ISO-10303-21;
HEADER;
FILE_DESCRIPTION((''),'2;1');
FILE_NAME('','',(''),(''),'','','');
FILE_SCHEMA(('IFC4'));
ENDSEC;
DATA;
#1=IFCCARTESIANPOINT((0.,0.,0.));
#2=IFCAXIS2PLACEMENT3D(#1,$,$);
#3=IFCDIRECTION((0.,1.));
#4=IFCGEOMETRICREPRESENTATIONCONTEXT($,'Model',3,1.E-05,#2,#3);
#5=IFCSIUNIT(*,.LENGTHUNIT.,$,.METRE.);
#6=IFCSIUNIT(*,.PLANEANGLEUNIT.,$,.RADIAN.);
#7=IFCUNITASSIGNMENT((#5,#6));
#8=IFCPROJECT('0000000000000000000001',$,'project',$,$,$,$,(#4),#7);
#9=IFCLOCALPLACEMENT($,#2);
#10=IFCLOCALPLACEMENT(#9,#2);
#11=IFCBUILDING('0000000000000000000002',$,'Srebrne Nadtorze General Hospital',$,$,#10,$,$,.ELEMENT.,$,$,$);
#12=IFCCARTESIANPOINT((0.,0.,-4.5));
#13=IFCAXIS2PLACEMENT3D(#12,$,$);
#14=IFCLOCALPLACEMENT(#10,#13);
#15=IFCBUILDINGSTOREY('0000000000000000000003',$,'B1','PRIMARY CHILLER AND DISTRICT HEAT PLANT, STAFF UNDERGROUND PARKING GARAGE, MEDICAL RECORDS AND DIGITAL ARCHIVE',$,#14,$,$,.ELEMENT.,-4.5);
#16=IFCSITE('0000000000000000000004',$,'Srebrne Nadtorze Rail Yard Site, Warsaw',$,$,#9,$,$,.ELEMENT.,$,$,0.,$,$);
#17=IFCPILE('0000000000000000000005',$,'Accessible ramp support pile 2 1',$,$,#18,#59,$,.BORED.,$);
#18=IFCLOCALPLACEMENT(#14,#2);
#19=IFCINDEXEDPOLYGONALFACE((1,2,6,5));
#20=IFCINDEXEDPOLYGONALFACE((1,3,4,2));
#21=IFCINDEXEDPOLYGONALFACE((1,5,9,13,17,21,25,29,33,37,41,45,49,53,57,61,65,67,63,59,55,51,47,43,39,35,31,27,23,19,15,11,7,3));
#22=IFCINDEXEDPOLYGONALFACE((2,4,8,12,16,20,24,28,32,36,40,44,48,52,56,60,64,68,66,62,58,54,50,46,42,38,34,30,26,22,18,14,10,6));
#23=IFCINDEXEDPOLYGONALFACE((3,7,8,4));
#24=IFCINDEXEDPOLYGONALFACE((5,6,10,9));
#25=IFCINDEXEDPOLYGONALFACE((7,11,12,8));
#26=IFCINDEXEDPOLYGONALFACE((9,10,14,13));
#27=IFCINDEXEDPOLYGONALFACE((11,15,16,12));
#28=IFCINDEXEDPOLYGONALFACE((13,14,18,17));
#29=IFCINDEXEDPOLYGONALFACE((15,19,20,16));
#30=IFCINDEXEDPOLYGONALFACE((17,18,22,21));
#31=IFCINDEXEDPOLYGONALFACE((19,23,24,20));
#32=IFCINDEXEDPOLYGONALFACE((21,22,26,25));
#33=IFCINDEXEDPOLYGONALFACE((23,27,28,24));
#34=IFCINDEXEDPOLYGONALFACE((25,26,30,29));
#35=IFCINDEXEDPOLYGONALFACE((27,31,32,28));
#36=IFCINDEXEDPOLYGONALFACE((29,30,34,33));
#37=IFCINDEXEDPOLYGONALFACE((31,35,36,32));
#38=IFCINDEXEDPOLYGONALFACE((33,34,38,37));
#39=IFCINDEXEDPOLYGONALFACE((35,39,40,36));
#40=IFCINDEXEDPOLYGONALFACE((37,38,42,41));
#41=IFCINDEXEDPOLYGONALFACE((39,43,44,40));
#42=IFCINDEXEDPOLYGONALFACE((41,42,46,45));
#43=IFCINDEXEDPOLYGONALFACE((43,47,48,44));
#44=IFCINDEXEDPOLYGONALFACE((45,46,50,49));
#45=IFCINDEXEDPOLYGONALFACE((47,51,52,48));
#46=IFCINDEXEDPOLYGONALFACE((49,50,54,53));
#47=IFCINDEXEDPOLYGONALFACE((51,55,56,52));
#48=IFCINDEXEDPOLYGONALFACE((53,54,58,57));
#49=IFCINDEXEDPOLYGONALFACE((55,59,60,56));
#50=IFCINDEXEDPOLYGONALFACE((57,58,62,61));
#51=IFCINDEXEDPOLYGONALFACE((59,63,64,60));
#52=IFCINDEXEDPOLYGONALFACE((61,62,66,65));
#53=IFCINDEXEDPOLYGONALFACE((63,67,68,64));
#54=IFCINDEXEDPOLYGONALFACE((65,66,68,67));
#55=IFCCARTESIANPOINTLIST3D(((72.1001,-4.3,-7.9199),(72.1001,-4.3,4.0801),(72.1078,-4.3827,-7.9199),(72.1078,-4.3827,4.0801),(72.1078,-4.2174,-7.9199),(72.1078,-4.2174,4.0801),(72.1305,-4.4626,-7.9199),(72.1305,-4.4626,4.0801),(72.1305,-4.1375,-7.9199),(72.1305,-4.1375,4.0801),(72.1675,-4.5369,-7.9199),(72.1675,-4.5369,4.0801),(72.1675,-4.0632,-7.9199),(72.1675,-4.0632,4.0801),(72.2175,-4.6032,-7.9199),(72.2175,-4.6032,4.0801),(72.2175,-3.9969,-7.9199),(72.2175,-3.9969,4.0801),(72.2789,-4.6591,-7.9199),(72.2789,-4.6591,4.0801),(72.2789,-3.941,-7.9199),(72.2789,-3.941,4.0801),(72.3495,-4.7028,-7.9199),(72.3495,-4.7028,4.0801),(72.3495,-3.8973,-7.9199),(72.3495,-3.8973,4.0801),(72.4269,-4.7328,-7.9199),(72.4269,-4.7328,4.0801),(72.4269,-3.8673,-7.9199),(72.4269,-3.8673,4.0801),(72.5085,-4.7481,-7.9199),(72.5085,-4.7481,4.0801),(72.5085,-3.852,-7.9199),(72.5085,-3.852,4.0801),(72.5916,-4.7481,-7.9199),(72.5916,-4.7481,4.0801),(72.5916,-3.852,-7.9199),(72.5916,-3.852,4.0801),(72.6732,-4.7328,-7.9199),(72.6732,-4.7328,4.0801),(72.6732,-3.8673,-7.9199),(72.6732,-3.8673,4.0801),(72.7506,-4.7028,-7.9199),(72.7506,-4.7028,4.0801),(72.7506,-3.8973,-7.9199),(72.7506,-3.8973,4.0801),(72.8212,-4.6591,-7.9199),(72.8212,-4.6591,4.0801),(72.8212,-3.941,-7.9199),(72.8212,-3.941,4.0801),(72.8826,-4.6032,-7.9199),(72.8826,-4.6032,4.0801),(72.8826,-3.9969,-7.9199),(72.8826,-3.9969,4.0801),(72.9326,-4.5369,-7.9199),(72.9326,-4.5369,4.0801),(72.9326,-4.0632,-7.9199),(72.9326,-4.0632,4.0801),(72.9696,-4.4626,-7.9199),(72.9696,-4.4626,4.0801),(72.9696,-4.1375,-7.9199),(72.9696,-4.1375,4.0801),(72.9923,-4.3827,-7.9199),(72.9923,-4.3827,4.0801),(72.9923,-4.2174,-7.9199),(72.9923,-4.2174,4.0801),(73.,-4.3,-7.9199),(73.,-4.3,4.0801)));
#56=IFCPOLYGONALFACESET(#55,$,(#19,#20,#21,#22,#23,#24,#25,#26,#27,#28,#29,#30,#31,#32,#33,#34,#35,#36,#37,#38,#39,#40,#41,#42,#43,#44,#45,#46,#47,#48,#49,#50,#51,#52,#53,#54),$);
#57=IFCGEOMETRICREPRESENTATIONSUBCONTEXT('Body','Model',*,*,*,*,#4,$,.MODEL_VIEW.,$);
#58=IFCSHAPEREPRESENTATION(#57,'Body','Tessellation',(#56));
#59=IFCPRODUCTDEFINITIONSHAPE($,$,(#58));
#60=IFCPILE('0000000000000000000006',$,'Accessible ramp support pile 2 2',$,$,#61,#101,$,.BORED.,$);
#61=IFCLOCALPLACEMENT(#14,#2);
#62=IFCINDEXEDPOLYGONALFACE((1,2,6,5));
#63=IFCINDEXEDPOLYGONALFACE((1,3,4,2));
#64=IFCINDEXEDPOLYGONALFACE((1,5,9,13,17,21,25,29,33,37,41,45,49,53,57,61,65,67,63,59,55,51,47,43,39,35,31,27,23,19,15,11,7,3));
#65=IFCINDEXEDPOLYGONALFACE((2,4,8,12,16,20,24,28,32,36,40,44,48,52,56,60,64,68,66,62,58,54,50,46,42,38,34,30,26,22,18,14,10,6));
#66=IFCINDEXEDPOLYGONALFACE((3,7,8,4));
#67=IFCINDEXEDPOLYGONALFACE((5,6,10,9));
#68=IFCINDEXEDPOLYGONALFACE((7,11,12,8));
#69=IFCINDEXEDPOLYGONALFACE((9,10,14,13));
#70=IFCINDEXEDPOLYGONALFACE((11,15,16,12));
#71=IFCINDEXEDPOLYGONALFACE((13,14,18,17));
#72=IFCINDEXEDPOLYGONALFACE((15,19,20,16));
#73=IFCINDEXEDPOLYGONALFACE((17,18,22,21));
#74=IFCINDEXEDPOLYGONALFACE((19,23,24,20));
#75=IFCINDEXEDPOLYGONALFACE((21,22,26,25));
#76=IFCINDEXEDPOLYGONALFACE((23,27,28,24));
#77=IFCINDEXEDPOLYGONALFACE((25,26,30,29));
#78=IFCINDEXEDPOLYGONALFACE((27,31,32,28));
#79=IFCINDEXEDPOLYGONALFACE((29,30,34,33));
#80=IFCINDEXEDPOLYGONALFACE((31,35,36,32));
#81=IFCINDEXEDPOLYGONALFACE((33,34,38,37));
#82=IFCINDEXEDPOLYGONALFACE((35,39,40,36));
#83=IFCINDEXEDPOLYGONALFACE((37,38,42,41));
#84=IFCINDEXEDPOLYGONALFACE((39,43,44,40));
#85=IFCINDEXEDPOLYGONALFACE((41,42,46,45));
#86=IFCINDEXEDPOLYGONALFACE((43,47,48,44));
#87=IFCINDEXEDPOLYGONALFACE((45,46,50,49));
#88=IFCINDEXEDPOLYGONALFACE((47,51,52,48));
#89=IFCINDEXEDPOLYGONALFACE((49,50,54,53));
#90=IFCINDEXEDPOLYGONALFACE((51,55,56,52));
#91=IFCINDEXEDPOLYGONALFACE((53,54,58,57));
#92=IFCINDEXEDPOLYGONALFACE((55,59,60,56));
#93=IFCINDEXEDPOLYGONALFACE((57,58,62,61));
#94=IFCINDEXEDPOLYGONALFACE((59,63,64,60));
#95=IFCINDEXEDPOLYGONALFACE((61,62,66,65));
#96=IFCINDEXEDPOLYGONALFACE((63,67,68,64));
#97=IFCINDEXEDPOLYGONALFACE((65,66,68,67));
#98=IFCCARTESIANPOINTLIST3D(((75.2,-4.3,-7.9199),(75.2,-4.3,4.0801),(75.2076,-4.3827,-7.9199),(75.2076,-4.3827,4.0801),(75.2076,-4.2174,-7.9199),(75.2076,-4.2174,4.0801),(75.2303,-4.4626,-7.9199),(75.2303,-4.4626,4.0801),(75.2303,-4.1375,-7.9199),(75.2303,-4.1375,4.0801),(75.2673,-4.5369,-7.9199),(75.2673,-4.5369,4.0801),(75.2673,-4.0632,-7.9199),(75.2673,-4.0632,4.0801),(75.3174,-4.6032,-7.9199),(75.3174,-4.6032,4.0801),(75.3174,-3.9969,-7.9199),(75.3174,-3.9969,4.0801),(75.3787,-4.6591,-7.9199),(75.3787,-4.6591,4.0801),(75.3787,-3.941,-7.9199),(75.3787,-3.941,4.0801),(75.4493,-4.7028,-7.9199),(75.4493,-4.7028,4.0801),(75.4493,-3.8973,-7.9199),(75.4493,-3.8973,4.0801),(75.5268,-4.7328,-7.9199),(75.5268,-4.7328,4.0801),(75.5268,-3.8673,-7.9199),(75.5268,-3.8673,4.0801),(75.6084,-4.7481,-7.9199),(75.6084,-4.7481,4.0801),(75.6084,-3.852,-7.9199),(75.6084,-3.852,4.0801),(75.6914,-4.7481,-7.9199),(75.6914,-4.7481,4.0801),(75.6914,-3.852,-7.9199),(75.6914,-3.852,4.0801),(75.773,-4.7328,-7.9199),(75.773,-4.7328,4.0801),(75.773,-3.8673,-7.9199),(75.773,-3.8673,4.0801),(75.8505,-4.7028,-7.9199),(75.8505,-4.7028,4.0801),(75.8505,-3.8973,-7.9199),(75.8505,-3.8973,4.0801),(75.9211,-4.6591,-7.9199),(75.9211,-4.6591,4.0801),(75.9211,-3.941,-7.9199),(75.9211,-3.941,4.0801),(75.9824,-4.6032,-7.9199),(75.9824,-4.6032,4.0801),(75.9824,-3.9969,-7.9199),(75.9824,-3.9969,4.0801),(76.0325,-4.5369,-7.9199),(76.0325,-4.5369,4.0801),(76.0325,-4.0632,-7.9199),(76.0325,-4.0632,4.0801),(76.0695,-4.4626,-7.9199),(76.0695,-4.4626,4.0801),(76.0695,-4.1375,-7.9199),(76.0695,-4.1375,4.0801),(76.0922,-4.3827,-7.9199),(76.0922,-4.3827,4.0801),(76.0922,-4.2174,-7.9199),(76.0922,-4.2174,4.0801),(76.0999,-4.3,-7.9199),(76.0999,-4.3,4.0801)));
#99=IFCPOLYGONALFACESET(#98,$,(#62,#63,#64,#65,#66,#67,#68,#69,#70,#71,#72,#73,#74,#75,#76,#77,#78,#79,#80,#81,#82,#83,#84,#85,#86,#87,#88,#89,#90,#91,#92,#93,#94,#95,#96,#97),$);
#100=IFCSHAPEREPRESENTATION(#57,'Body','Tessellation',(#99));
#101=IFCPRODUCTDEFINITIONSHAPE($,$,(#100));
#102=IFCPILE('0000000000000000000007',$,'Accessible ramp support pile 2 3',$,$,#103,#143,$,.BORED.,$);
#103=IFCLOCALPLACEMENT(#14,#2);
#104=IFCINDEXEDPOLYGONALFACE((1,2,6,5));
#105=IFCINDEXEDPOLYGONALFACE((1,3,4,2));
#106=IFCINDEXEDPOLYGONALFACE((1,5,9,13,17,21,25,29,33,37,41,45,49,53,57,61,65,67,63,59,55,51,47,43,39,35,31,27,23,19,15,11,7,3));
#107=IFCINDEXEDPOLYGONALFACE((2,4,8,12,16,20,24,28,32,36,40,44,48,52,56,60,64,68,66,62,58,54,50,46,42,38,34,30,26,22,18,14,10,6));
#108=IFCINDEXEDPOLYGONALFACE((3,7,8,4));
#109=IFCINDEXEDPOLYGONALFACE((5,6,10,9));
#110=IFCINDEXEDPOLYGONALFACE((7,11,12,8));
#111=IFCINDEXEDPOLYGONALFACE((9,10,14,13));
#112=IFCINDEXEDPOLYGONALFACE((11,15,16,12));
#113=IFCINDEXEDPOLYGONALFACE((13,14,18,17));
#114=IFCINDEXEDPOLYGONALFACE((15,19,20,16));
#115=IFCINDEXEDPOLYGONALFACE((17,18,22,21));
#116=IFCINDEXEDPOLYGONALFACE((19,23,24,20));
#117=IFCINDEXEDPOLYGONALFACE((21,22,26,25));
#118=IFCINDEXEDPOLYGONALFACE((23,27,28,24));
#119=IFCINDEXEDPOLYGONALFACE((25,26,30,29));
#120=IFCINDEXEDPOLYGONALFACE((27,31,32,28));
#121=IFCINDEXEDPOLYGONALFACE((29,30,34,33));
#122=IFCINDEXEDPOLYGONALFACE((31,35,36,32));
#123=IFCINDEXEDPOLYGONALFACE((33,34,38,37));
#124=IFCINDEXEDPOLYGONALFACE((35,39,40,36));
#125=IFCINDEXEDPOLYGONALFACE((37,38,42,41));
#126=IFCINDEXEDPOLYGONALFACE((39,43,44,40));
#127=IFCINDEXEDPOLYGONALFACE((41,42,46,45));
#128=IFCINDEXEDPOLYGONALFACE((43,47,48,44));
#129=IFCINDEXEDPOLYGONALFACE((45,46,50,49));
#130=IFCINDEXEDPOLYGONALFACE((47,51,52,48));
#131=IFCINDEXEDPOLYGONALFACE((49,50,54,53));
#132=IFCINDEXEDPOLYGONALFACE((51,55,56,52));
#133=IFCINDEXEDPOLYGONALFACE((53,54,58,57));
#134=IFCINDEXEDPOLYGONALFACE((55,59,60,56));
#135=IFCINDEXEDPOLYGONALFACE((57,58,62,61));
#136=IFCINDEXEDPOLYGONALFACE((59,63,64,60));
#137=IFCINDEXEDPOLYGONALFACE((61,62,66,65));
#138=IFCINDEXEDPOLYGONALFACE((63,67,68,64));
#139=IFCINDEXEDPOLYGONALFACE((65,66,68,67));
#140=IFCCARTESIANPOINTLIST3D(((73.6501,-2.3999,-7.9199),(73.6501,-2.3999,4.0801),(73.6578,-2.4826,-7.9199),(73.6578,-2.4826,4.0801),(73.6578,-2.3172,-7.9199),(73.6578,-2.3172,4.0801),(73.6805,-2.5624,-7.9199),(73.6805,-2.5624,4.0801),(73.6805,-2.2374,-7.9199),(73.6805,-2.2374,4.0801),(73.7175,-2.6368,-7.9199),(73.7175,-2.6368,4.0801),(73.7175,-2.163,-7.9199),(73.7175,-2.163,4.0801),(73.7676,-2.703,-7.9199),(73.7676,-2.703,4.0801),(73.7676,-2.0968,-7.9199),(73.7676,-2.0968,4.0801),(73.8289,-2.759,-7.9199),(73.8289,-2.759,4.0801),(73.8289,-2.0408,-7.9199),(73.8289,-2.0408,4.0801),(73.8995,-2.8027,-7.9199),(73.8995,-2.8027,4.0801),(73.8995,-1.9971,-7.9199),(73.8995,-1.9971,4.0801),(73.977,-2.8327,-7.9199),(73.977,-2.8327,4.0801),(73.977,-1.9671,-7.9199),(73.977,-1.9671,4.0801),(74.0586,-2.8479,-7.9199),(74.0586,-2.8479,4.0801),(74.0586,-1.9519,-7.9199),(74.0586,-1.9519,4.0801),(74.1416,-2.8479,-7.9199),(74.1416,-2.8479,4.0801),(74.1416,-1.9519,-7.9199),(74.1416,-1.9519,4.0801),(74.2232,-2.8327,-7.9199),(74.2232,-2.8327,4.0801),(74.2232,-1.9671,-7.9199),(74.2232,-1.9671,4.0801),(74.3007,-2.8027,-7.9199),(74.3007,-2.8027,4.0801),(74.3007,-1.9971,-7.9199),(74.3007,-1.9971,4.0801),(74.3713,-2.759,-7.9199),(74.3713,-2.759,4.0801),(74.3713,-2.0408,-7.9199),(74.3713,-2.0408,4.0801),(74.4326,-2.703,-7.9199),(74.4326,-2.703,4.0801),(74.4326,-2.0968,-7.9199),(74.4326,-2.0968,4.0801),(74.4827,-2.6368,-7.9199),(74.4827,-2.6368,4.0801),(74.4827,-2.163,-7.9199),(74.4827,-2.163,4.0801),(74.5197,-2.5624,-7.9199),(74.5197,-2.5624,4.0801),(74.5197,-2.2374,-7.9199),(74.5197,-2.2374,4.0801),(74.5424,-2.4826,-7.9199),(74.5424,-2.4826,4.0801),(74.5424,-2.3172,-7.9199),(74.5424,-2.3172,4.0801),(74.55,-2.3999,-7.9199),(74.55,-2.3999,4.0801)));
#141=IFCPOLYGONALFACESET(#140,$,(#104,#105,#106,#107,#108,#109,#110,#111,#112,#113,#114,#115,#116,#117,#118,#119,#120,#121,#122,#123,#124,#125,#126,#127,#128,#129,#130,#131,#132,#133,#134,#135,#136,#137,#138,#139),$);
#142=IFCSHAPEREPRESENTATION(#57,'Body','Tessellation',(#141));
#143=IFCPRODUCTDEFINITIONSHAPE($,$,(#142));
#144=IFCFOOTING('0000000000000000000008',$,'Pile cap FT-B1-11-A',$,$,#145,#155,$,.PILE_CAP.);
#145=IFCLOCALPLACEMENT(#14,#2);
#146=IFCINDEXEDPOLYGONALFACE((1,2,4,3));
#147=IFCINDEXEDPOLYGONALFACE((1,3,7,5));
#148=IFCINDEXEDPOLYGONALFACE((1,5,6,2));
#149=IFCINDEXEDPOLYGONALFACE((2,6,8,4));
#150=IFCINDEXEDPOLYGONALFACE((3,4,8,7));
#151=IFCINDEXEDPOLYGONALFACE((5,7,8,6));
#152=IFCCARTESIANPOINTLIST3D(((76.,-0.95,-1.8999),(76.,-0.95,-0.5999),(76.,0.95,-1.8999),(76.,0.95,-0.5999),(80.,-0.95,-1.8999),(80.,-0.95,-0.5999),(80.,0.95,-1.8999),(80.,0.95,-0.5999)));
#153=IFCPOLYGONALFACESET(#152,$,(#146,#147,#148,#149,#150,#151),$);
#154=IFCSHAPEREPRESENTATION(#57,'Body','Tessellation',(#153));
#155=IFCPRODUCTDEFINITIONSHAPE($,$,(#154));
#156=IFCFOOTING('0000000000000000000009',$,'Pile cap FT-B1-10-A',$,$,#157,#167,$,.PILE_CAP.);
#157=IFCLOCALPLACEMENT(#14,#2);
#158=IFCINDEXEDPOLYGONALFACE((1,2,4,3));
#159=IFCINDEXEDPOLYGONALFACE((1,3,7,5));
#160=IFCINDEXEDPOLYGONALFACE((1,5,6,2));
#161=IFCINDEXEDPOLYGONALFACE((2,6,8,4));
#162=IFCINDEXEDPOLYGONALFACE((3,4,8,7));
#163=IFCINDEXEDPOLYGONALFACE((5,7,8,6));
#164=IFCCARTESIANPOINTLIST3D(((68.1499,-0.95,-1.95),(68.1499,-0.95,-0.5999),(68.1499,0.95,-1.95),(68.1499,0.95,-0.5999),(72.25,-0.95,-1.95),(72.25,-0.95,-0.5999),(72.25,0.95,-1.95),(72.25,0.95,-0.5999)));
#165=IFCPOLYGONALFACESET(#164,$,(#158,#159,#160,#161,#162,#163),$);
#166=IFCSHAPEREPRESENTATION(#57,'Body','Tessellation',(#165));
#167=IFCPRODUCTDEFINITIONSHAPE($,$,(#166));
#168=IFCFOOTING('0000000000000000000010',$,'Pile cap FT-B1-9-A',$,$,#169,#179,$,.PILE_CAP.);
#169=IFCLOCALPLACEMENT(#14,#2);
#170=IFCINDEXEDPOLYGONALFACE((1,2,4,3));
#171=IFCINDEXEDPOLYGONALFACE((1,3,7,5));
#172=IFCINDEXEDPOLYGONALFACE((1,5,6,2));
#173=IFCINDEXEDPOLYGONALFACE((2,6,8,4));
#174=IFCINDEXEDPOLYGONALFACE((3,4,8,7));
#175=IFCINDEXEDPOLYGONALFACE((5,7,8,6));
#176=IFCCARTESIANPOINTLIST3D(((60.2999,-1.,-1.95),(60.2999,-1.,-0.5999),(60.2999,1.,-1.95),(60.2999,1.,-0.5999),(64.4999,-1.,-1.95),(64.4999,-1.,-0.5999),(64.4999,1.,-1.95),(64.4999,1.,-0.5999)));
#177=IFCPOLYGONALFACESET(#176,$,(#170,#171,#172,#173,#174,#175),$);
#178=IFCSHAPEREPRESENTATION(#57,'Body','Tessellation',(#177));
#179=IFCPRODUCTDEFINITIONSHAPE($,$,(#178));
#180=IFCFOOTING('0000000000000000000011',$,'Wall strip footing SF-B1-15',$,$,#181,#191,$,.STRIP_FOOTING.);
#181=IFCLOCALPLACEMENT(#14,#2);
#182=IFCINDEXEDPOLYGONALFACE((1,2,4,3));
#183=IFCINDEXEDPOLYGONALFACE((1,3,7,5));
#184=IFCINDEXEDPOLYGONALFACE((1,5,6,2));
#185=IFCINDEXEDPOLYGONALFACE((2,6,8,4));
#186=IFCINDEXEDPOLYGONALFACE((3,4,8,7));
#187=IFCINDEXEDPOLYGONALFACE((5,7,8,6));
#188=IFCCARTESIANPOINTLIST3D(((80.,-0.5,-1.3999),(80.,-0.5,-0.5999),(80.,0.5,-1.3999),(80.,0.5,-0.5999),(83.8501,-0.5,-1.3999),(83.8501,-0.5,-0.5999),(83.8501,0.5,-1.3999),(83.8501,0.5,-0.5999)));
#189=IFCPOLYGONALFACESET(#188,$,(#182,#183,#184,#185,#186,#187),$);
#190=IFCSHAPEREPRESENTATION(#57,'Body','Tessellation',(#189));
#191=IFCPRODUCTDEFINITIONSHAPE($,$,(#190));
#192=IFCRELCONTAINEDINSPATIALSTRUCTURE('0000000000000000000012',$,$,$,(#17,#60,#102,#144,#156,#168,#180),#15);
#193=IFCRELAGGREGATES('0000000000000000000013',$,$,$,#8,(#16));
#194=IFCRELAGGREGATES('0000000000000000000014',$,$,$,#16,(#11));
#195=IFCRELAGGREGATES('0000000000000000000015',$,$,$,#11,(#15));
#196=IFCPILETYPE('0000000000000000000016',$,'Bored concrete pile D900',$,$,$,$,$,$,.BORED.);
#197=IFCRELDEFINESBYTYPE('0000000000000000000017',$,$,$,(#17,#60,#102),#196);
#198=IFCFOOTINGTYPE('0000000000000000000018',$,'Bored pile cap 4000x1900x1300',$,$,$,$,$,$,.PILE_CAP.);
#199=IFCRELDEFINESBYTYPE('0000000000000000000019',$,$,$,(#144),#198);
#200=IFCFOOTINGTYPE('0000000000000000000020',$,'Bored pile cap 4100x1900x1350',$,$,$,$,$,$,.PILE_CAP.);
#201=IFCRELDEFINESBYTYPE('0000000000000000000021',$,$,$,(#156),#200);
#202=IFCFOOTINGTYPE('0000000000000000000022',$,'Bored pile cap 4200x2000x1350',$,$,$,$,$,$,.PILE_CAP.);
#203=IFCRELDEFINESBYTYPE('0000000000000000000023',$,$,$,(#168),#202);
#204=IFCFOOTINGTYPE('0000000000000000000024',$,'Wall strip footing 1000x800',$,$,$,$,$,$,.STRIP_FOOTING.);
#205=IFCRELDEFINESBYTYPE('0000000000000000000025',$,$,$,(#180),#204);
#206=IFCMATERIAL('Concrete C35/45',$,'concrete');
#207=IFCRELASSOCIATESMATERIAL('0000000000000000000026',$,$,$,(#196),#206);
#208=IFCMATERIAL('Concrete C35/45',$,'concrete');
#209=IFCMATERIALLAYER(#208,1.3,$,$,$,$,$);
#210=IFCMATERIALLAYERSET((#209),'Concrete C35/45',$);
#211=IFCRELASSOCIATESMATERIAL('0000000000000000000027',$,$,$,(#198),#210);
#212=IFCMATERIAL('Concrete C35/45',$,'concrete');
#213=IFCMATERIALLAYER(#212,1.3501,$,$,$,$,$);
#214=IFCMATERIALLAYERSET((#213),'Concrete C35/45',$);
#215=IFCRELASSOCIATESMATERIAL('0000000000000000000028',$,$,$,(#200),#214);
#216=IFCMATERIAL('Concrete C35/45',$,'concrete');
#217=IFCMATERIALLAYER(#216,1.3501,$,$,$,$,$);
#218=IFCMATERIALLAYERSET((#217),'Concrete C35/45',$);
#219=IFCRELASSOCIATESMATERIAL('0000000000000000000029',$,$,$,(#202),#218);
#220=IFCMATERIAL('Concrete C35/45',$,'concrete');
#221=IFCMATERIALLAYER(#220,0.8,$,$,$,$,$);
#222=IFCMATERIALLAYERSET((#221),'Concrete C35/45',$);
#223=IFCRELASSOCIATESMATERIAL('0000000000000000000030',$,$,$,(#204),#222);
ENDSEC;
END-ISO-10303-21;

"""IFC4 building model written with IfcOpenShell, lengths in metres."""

from ifc_helpers import new_model, si_unit, direction, frame, origin, origin_2d, place, context, subcontext, project, spatial, rectangle, circle, extrude, material, layer, layer_set, material_profile, profile_set, type_object, element, save


model = new_model("IFC4")

# Units and contexts
model_context = context("Model", 3, precision=1e-05, world=origin(), true_north=direction((0.0, 1.0)))
body_context = subcontext(model_context, "Body", "Model", "MODEL_VIEW")
ifc_project = project(units=[si_unit("LENGTHUNIT", "METRE"), si_unit("PLANEANGLEUNIT", "RADIAN")], contexts=[model_context])

# Site, building, storey
site_placement = place(None, origin())
site = spatial("IfcSite", under=ifc_project, at=site_placement, Name="Srebrne Nadtorze Rail Yard Site, Warsaw", CompositionType="ELEMENT", RefElevation=0.0)
building_placement = place(site_placement, origin())
building = spatial("IfcBuilding", under=site, at=building_placement, Name="Srebrne Nadtorze General Hospital", CompositionType="ELEMENT")
storey_placement = place(building_placement, frame((0.0, 0.0, -4.5)))
storey = spatial("IfcBuildingStorey", under=building, at=storey_placement, Name="B1", Description="PRIMARY CHILLER AND DISTRICT HEAT PLANT, STAFF UNDERGROUND PARKING GARAGE, MEDICAL RECORDS AND DIGITAL ARCHIVE", CompositionType="ELEMENT", Elevation=-4.5)

# Piles
ifc_material_1 = material(Name="Concrete C35/45", Category="concrete")
ifc_material_profile_1 = material_profile(ifc_material_1, circle(Radius=0.45, at=origin_2d()), Name="PILE-D900")
ifc_profile_set_1 = profile_set([ifc_material_profile_1], Name="Concrete C35/45")
pile_type_1 = type_object("IfcPileType", Name="Bored concrete pile D900", PredefinedType="BORED", material=ifc_profile_set_1)
for number, where, z_axis, x_axis, name in (
    (1, (72.55, -4.3, 4.0801), (0.0, 0.0, -1.0), (1.0, 0.0, 0.0), "Accessible ramp support pile 2 1"),
    (2, (75.6499, -4.3, 4.0801), (0.0, 0.0, -1.0), (1.0, 0.0, 0.0), "Accessible ramp support pile 2 2"),
    (3, (74.1001, -2.3999, 4.0801), (0.0, 0.0, -1.0), (1.0, 0.0, 0.0), "Accessible ramp support pile 2 3"),
):
    element("IfcPile", number, at=place(storey_placement, frame(where, z_axis=z_axis, x_axis=x_axis)), inside=storey, type_object=pile_type_1, Name=name, PredefinedType="BORED", context=body_context, shape_type="SweptSolid", body=[
        extrude(circle(Radius=0.45, at=origin_2d()), origin(), (0.0, 0.0, 1.0), 12.0),
    ])

# Footings
ifc_material_2 = material(Name="Concrete C35/45", Category="concrete")
ifc_layer_1 = layer(ifc_material_2, 1.3)
ifc_layer_set_1 = layer_set([ifc_layer_1], Name="Concrete C35/45")
footing_type_1 = type_object("IfcFootingType", Name="Bored pile cap 4000x1900x1300", PredefinedType="PILE_CAP", material=ifc_layer_set_1)
footing_1_placement = place(storey_placement, frame((78.0, 0.0, -1.8999), z_axis=(0.0, 0.0, 1.0), x_axis=(1.0, 0.0, 0.0)))
element("IfcFooting", 4, at=footing_1_placement, inside=storey, type_object=footing_type_1, Name="Pile cap FT-B1-11-A", PredefinedType="PILE_CAP", context=body_context, shape_type="SweptSolid", body=[
    extrude(rectangle(XDim=4.0, YDim=1.8999, at=origin_2d()), origin(), (0.0, 0.0, 1.0), 1.3),
])
ifc_material_3 = material(Name="Concrete C35/45", Category="concrete")
ifc_layer_2 = layer(ifc_material_3, 1.3501)
ifc_layer_set_2 = layer_set([ifc_layer_2], Name="Concrete C35/45")
footing_type_2 = type_object("IfcFootingType", Name="Bored pile cap 4100x1900x1350", PredefinedType="PILE_CAP", material=ifc_layer_set_2)
footing_2_placement = place(storey_placement, frame((70.2, 0.0, -1.95), z_axis=(0.0, 0.0, 1.0), x_axis=(1.0, 0.0, 0.0)))
element("IfcFooting", 5, at=footing_2_placement, inside=storey, type_object=footing_type_2, Name="Pile cap FT-B1-10-A", PredefinedType="PILE_CAP", context=body_context, shape_type="SweptSolid", body=[
    extrude(rectangle(XDim=4.1001, YDim=1.8999, at=origin_2d()), origin(), (0.0, 0.0, 1.0), 1.3501),
])
ifc_material_4 = material(Name="Concrete C35/45", Category="concrete")
ifc_layer_3 = layer(ifc_material_4, 1.3501)
ifc_layer_set_3 = layer_set([ifc_layer_3], Name="Concrete C35/45")
footing_type_3 = type_object("IfcFootingType", Name="Bored pile cap 4200x2000x1350", PredefinedType="PILE_CAP", material=ifc_layer_set_3)
footing_3_placement = place(storey_placement, frame((62.3999, 0.0, -1.95), z_axis=(0.0, 0.0, 1.0), x_axis=(1.0, 0.0, 0.0)))
element("IfcFooting", 6, at=footing_3_placement, inside=storey, type_object=footing_type_3, Name="Pile cap FT-B1-9-A", PredefinedType="PILE_CAP", context=body_context, shape_type="SweptSolid", body=[
    extrude(rectangle(XDim=4.2, YDim=2.0, at=origin_2d()), origin(), (0.0, 0.0, 1.0), 1.3501),
])
ifc_material_5 = material(Name="Concrete C35/45", Category="concrete")
ifc_layer_4 = layer(ifc_material_5, 0.8)
ifc_layer_set_4 = layer_set([ifc_layer_4], Name="Concrete C35/45")
footing_type_4 = type_object("IfcFootingType", Name="Wall strip footing 1000x800", PredefinedType="STRIP_FOOTING", material=ifc_layer_set_4)
footing_4_placement = place(storey_placement, frame((81.925, 0.0, -1.3999), z_axis=(0.0, 0.0, 1.0), x_axis=(1.0, 0.0, 0.0)))
element("IfcFooting", 7, at=footing_4_placement, inside=storey, type_object=footing_type_4, Name="Wall strip footing SF-B1-15", PredefinedType="STRIP_FOOTING", context=body_context, shape_type="SweptSolid", body=[
    extrude(rectangle(XDim=3.8501, YDim=1.0, at=origin_2d()), origin(), (0.0, 0.0, 1.0), 0.8),
])

save(model, "model.ifc")
